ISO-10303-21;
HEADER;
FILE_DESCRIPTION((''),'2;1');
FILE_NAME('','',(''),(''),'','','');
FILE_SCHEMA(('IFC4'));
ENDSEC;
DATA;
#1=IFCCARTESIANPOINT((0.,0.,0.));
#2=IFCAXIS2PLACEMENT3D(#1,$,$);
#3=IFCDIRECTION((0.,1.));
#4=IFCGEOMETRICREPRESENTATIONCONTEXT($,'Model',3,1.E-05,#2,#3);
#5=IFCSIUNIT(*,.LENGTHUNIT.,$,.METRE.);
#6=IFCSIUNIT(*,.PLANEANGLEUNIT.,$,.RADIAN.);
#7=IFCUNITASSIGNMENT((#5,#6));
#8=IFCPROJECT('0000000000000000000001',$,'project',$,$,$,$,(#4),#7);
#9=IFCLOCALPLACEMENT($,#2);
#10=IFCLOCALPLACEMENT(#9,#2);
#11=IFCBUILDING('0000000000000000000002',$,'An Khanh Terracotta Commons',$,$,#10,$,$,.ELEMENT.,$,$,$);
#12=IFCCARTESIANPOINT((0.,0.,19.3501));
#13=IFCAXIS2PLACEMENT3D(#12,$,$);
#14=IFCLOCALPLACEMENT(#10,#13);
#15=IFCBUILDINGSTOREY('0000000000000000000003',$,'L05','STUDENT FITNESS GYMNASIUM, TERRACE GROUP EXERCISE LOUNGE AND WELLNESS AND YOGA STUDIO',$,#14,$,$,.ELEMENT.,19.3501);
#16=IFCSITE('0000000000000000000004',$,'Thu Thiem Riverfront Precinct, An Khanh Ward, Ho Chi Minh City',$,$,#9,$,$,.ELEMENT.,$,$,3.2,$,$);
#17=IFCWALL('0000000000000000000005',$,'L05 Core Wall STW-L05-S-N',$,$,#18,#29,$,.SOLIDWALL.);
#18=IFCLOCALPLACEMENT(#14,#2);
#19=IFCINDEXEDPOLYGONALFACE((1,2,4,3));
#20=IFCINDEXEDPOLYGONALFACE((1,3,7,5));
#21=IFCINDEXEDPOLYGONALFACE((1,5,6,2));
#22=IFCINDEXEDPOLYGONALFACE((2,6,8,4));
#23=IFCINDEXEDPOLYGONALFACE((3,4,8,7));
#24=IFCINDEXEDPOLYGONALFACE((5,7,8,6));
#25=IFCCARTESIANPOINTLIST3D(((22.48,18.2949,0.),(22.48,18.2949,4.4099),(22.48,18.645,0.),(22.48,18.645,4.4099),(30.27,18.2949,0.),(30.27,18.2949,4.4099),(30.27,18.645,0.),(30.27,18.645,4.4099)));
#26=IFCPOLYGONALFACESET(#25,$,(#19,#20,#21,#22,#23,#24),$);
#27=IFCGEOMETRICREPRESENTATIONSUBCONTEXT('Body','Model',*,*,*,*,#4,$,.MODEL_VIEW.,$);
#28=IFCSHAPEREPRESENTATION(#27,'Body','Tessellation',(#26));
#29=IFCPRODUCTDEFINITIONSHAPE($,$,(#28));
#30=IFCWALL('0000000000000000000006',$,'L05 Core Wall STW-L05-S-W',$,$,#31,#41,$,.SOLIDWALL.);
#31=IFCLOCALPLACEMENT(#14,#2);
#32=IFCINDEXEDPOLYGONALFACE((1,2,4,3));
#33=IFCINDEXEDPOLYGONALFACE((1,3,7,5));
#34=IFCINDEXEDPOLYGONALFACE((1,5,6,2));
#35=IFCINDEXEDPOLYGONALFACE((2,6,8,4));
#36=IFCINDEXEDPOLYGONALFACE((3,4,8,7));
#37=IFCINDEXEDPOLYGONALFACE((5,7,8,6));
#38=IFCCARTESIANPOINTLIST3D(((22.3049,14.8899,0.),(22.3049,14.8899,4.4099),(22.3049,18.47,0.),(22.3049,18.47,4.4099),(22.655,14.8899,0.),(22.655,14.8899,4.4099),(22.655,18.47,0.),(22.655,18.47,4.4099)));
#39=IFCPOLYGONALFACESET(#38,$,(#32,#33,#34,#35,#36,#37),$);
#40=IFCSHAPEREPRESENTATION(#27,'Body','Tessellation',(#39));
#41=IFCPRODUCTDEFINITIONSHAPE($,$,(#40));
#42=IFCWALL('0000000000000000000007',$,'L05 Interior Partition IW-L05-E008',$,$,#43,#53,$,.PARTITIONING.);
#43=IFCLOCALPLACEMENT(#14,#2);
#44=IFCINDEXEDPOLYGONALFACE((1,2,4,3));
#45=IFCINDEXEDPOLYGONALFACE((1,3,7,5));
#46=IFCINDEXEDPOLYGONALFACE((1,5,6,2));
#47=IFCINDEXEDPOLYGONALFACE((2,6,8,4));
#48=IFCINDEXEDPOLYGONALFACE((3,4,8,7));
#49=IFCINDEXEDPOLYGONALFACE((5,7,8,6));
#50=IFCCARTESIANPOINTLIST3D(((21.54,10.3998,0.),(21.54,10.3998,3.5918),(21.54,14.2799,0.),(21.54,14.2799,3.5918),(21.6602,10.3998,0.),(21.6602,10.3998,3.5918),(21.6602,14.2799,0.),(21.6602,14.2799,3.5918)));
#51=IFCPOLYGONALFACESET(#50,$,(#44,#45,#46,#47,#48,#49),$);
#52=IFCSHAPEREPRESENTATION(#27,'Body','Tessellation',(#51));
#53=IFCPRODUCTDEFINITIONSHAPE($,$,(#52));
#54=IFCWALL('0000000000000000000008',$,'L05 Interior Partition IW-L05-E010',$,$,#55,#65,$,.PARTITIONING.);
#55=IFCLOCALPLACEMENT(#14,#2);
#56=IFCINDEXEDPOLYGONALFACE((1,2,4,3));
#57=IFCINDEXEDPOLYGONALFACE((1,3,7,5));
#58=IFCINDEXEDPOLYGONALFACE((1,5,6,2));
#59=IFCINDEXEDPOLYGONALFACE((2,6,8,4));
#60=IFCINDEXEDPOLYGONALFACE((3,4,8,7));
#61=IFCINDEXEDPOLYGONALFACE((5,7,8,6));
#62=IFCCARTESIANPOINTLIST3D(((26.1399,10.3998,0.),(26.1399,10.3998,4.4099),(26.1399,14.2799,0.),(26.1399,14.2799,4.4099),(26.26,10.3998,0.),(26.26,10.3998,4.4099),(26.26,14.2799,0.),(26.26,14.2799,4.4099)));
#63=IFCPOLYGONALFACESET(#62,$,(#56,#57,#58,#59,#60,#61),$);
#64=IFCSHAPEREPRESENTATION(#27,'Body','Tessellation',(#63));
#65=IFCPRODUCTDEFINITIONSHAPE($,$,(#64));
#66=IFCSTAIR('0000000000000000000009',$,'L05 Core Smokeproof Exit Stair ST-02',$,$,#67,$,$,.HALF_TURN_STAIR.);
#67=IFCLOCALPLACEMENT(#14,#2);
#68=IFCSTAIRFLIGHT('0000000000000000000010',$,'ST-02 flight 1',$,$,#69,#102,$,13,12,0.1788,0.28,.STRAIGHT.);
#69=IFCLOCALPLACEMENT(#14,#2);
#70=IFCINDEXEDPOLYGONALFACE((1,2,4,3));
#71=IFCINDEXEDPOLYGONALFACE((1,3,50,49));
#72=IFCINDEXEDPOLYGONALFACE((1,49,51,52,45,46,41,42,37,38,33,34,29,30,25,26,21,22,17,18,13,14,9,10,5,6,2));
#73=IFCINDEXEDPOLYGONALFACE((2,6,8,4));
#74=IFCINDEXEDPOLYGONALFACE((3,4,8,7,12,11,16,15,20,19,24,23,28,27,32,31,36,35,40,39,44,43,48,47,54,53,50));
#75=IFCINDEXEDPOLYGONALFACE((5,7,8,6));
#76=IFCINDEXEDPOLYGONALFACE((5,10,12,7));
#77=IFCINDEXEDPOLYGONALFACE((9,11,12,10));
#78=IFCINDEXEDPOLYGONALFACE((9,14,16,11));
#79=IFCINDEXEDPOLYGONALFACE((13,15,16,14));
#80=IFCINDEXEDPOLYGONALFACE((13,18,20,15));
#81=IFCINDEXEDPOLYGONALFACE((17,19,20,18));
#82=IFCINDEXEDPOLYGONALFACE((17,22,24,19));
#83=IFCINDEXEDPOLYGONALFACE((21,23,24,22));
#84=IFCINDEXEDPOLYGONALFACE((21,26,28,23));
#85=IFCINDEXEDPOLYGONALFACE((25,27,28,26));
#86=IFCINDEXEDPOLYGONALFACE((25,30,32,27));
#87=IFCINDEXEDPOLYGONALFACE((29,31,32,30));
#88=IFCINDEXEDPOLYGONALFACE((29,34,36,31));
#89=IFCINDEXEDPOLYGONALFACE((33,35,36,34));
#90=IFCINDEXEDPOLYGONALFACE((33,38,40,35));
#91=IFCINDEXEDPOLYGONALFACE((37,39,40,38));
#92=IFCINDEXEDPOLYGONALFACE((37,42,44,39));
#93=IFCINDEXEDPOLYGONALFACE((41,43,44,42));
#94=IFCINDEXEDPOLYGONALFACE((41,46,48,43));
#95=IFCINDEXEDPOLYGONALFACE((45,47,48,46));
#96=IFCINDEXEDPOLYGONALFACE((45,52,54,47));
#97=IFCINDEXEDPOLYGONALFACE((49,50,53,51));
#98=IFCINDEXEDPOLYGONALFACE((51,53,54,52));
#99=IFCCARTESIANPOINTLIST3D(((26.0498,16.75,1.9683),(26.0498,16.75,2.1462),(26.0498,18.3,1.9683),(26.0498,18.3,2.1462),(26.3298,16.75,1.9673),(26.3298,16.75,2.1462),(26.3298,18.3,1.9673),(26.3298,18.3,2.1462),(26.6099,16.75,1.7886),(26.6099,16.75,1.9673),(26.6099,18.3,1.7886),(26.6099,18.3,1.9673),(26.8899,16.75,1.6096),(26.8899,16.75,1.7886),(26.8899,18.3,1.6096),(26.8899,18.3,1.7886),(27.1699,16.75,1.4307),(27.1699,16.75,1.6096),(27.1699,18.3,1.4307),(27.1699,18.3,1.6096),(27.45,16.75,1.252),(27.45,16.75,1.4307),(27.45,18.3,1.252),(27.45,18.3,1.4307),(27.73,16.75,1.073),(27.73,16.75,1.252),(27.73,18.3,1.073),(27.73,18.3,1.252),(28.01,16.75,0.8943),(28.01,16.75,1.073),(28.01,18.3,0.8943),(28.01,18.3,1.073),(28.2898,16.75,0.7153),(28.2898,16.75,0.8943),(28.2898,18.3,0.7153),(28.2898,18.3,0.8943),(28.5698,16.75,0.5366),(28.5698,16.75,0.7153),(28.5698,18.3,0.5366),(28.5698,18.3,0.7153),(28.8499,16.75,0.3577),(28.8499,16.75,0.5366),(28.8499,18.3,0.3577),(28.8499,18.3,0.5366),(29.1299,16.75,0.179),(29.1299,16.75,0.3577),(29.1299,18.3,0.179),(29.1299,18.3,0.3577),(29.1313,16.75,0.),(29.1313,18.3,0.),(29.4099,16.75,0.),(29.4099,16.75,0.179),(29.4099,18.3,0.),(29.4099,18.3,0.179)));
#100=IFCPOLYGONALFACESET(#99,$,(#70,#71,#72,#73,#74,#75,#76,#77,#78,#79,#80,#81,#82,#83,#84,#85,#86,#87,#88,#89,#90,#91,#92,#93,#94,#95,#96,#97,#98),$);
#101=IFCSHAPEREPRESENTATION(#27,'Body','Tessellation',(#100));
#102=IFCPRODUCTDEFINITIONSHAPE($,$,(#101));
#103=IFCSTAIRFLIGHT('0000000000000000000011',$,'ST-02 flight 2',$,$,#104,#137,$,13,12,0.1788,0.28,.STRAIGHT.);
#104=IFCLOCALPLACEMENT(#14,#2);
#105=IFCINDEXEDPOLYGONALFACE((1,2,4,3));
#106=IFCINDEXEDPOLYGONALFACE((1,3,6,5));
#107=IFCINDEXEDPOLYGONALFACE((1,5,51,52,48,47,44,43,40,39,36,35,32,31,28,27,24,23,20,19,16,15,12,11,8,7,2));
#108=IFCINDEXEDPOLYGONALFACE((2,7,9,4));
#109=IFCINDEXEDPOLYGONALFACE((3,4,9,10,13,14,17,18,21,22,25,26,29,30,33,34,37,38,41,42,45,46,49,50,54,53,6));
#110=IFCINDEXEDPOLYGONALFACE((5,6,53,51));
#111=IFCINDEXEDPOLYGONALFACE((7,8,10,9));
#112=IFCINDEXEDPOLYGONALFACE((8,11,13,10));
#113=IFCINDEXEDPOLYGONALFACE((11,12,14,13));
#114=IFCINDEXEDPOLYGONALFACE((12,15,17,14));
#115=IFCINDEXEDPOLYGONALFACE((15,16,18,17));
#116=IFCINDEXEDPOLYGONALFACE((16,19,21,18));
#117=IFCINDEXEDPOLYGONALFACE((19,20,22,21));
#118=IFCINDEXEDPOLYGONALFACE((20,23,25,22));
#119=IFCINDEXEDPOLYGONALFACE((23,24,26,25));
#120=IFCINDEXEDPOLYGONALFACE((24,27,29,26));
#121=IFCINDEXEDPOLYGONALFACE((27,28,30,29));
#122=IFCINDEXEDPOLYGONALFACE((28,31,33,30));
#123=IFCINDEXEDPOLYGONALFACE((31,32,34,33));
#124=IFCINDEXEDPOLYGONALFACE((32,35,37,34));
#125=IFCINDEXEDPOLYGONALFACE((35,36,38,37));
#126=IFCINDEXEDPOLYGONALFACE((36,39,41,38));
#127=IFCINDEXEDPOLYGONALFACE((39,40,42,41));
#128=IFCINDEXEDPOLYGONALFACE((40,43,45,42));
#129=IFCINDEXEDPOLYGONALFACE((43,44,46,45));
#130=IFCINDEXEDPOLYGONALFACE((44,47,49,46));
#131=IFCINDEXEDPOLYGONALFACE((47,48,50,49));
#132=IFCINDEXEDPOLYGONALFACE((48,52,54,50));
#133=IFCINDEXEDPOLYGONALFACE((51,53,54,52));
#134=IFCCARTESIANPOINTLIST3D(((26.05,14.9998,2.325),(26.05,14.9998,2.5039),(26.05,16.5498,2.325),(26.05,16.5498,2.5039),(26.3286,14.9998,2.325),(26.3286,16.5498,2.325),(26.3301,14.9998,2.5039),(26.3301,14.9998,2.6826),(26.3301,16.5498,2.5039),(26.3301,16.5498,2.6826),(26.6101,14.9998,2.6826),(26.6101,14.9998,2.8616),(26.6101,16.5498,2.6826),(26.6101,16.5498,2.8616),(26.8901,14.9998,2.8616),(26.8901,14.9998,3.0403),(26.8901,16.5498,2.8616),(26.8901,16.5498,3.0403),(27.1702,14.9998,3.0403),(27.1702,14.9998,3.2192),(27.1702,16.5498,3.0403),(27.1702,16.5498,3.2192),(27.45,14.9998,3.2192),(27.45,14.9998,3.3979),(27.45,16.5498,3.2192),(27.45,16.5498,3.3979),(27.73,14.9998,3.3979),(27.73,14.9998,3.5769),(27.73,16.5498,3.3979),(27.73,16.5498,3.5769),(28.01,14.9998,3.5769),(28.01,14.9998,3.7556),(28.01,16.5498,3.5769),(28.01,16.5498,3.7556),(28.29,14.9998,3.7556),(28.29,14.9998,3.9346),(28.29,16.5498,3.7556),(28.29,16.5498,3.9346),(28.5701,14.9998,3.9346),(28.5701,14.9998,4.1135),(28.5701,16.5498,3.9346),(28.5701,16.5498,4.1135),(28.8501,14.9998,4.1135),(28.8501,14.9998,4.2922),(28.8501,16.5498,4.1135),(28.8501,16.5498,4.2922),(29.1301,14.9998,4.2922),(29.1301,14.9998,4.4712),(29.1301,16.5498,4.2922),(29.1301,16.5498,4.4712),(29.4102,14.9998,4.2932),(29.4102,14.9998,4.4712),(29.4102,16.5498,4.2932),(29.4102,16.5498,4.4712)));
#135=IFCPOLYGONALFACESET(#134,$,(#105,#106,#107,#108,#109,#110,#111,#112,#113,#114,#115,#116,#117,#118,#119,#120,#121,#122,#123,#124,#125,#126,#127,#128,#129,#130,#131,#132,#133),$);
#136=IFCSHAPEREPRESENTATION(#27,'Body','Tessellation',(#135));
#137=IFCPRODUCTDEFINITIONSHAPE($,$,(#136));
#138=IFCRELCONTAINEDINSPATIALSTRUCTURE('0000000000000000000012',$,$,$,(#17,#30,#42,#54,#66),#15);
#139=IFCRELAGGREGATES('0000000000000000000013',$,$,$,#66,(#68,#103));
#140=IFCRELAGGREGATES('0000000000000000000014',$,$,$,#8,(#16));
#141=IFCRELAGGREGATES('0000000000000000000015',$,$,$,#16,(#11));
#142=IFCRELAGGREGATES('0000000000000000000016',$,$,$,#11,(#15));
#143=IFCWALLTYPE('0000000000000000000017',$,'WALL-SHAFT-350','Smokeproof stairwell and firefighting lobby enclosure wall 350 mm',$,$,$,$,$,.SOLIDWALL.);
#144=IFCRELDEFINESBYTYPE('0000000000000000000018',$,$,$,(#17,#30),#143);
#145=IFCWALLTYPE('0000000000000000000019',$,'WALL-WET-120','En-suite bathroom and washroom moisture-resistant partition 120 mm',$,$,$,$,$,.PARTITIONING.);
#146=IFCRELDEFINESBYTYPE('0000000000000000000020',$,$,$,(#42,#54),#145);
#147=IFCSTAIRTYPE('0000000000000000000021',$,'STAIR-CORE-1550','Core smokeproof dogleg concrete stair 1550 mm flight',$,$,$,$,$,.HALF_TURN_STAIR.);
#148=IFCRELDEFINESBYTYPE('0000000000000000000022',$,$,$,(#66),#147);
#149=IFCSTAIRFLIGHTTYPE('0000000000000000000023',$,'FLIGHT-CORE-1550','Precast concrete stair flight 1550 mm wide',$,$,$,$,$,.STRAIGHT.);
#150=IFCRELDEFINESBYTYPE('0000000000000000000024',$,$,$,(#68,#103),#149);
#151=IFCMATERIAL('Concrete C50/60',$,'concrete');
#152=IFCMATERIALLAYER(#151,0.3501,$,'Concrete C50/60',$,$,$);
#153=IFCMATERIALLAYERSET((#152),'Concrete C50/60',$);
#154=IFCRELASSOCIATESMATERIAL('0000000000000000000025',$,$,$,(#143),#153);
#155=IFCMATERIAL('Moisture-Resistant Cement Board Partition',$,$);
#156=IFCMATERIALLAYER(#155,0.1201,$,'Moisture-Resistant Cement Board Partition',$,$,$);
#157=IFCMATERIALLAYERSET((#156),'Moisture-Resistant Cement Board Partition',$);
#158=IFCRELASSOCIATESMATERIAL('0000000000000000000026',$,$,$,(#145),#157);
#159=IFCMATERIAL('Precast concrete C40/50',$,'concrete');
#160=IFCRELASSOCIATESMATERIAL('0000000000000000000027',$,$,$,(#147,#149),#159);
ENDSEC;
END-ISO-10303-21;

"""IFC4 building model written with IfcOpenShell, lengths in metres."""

from ifc_helpers import new_model, si_unit, direction, frame, frame_2d, origin, place, context, subcontext, project, spatial, polyline, rectangle, outline, extrude, material, layer, layer_set, type_object, element, aggregate, save


model = new_model("IFC4")

# Units and contexts
model_context = context("Model", 3, precision=1e-05, world=origin(), true_north=direction((0.0, 1.0)))
body_context = subcontext(model_context, "Body", "Model", "MODEL_VIEW")
ifc_project = project(units=[si_unit("LENGTHUNIT", "METRE"), si_unit("PLANEANGLEUNIT", "RADIAN")], contexts=[model_context])

# Site, building, storey
site_placement = place(None, origin())
site = spatial("IfcSite", under=ifc_project, at=site_placement, Name="Thu Thiem Riverfront Precinct, An Khanh Ward, Ho Chi Minh City", CompositionType="ELEMENT", RefElevation=3.2)
building_placement = place(site_placement, origin())
building = spatial("IfcBuilding", under=site, at=building_placement, Name="An Khanh Terracotta Commons", CompositionType="ELEMENT")
storey_placement = place(building_placement, frame((0.0, 0.0, 19.3501)))
storey = spatial("IfcBuildingStorey", under=building, at=storey_placement, Name="L05", Description="STUDENT FITNESS GYMNASIUM, TERRACE GROUP EXERCISE LOUNGE AND WELLNESS AND YOGA STUDIO", CompositionType="ELEMENT", Elevation=19.3501)

# Shared definitions
ifc_material_1 = material(Name="Concrete C50/60", Category="concrete")

# Shared definitions
ifc_layer_1 = layer(ifc_material_1, 0.3501, Name="Concrete C50/60")
ifc_layer_set_1 = layer_set([ifc_layer_1], Name="Concrete C50/60")
wall_type_1 = type_object("IfcWallType", Name="WALL-SHAFT-350", Description="Smokeproof stairwell and firefighting lobby enclosure wall 350 mm", PredefinedType="SOLIDWALL", material=ifc_layer_set_1)

# Walls
wall_1_placement = place(storey_placement, frame((22.48, 18.47, 0.0), z_axis=(0.0, 0.0, 1.0), x_axis=(1.0, 0.0, 0.0)))
element("IfcWall", 1, at=wall_1_placement, inside=storey, type_object=wall_type_1, Name="L05 Core Wall STW-L05-S-N", PredefinedType="SOLIDWALL", context=body_context, shape_type="SweptSolid", body=[
    extrude(rectangle(XDim=7.79, YDim=0.3501, at=frame_2d((3.895, 0.0))), origin(), (0.0, 0.0, 1.0), 4.4099),
])
wall_2_placement = place(storey_placement, frame((22.48, 14.8899, 0.0), z_axis=(0.0, 0.0, 1.0), x_axis=(0.0, 1.0, 0.0)))
element("IfcWall", 2, at=wall_2_placement, inside=storey, type_object=wall_type_1, Name="L05 Core Wall STW-L05-S-W", PredefinedType="SOLIDWALL", context=body_context, shape_type="SweptSolid", body=[
    extrude(rectangle(XDim=3.5801, YDim=0.3501, at=frame_2d((1.79, 0.0))), origin(), (0.0, 0.0, 1.0), 4.4099),
])
ifc_material_2 = material(Name="Moisture-Resistant Cement Board Partition")
ifc_layer_2 = layer(ifc_material_2, 0.1201, Name="Moisture-Resistant Cement Board Partition")
ifc_layer_set_2 = layer_set([ifc_layer_2], Name="Moisture-Resistant Cement Board Partition")
wall_type_2 = type_object("IfcWallType", Name="WALL-WET-120", Description="En-suite bathroom and washroom moisture-resistant partition 120 mm", PredefinedType="PARTITIONING", material=ifc_layer_set_2)
wall_3_placement = place(storey_placement, frame((21.6001, 10.3999, 0.0), z_axis=(0.0, 0.0, 1.0), x_axis=(0.0, 1.0, 0.0)))
element("IfcWall", 3, at=wall_3_placement, inside=storey, type_object=wall_type_2, Name="L05 Interior Partition IW-L05-E008", PredefinedType="PARTITIONING", context=body_context, shape_type="SweptSolid", body=[
    extrude(rectangle(XDim=3.8801, YDim=0.1201, at=frame_2d((1.9399, 0.0))), origin(), (0.0, 0.0, 1.0), 3.5918),
])
wall_4_placement = place(storey_placement, frame((26.2, 10.3999, 0.0), z_axis=(0.0, 0.0, 1.0), x_axis=(0.0, 1.0, 0.0)))
element("IfcWall", 4, at=wall_4_placement, inside=storey, type_object=wall_type_2, Name="L05 Interior Partition IW-L05-E010", PredefinedType="PARTITIONING", context=body_context, shape_type="SweptSolid", body=[
    extrude(rectangle(XDim=3.8801, YDim=0.1201, at=frame_2d((1.9399, 0.0))), origin(), (0.0, 0.0, 1.0), 4.4099),
])

# Stair, stair flights
ifc_material_3 = material(Name="Precast concrete C40/50", Category="concrete")
stair_type = type_object("IfcStairType", Name="STAIR-CORE-1550", Description="Core smokeproof dogleg concrete stair 1550 mm flight", PredefinedType="HALF_TURN_STAIR", material=ifc_material_3)
stair_placement = place(storey_placement, origin())
stair = element("IfcStair", 5, at=stair_placement, inside=storey, type_object=stair_type, Name="L05 Core Smokeproof Exit Stair ST-02", PredefinedType="HALF_TURN_STAIR")
stair_flight_type = type_object("IfcStairFlightType", Name="FLIGHT-CORE-1550", Description="Precast concrete stair flight 1550 mm wide", PredefinedType="STRAIGHT", material=ifc_material_3)
stair_flight_1_placement = place(storey_placement, frame((29.4099, 17.5249, 0.0), z_axis=(0.0, 0.0, 1.0), x_axis=(-1.0, 0.0, 0.0)))
stair_flight_1 = element("IfcStairFlight", 6, at=stair_flight_1_placement, type_object=stair_flight_type, Name="ST-02 flight 1", NumberOfRisers=13, NumberOfTreads=12, PredefinedType="STRAIGHT", RiserHeight=0.1788, TreadLength=0.28, context=body_context, shape_type="SweptSolid", body=[
    extrude(outline(polyline([(0.0, 0.0), (0.0, 0.179), (0.28, 0.179), (0.28, 0.3577), (0.5601, 0.3577), (0.5601, 0.5366), (0.8401, 0.5366), (0.8401, 0.7153), (1.1201, 0.7153), (1.1201, 0.8943), (1.3999, 0.8943), (1.3999, 1.073), (1.6799, 1.073), (1.6799, 1.252), (1.96, 1.252), (1.96, 1.4307), (2.24, 1.4307), (2.24, 1.6096), (2.52, 1.6096), (2.52, 1.7886), (2.8, 1.7886), (2.8, 1.9673), (3.0801, 1.9673), (3.0801, 2.1462), (3.3601, 2.1462), (3.3601, 2.325), (3.3601, 1.9683), (0.2786, 0.0), (0.0, 0.0)])), frame((0.0, 0.7749, 0.0), z_axis=(0.0, -1.0, 0.0), x_axis=(1.0, 0.0, 0.0)), (0.0, 0.0, 1.0), 1.55),
])
stair_flight_2_placement = place(storey_placement, frame((26.05, 15.7749, 2.325), z_axis=(0.0, 0.0, 1.0), x_axis=(1.0, 0.0, 0.0)))
stair_flight_2 = element("IfcStairFlight", 7, at=stair_flight_2_placement, type_object=stair_flight_type, Name="ST-02 flight 2", NumberOfRisers=13, NumberOfTreads=12, PredefinedType="STRAIGHT", RiserHeight=0.1788, TreadLength=0.28, context=body_context, shape_type="SweptSolid", body=[
    extrude(outline(polyline([(0.0, 0.0), (0.0, 0.179), (0.28, 0.179), (0.28, 0.3577), (0.5601, 0.3577), (0.5601, 0.5366), (0.8401, 0.5366), (0.8401, 0.7153), (1.1201, 0.7153), (1.1201, 0.8943), (1.3999, 0.8943), (1.3999, 1.073), (1.6799, 1.073), (1.6799, 1.252), (1.96, 1.252), (1.96, 1.4307), (2.24, 1.4307), (2.24, 1.6096), (2.52, 1.6096), (2.52, 1.7886), (2.8, 1.7886), (2.8, 1.9673), (3.0801, 1.9673), (3.0801, 2.1462), (3.3601, 2.1462), (3.3601, 2.325), (3.3601, 1.9683), (0.2786, 0.0), (0.0, 0.0)])), frame((0.0, 0.7749, 0.0), z_axis=(0.0, -1.0, 0.0), x_axis=(1.0, 0.0, 0.0)), (0.0, 0.0, 1.0), 1.55),
])
aggregate(stair, [stair_flight_1, stair_flight_2])

save(model, "model.ifc")
